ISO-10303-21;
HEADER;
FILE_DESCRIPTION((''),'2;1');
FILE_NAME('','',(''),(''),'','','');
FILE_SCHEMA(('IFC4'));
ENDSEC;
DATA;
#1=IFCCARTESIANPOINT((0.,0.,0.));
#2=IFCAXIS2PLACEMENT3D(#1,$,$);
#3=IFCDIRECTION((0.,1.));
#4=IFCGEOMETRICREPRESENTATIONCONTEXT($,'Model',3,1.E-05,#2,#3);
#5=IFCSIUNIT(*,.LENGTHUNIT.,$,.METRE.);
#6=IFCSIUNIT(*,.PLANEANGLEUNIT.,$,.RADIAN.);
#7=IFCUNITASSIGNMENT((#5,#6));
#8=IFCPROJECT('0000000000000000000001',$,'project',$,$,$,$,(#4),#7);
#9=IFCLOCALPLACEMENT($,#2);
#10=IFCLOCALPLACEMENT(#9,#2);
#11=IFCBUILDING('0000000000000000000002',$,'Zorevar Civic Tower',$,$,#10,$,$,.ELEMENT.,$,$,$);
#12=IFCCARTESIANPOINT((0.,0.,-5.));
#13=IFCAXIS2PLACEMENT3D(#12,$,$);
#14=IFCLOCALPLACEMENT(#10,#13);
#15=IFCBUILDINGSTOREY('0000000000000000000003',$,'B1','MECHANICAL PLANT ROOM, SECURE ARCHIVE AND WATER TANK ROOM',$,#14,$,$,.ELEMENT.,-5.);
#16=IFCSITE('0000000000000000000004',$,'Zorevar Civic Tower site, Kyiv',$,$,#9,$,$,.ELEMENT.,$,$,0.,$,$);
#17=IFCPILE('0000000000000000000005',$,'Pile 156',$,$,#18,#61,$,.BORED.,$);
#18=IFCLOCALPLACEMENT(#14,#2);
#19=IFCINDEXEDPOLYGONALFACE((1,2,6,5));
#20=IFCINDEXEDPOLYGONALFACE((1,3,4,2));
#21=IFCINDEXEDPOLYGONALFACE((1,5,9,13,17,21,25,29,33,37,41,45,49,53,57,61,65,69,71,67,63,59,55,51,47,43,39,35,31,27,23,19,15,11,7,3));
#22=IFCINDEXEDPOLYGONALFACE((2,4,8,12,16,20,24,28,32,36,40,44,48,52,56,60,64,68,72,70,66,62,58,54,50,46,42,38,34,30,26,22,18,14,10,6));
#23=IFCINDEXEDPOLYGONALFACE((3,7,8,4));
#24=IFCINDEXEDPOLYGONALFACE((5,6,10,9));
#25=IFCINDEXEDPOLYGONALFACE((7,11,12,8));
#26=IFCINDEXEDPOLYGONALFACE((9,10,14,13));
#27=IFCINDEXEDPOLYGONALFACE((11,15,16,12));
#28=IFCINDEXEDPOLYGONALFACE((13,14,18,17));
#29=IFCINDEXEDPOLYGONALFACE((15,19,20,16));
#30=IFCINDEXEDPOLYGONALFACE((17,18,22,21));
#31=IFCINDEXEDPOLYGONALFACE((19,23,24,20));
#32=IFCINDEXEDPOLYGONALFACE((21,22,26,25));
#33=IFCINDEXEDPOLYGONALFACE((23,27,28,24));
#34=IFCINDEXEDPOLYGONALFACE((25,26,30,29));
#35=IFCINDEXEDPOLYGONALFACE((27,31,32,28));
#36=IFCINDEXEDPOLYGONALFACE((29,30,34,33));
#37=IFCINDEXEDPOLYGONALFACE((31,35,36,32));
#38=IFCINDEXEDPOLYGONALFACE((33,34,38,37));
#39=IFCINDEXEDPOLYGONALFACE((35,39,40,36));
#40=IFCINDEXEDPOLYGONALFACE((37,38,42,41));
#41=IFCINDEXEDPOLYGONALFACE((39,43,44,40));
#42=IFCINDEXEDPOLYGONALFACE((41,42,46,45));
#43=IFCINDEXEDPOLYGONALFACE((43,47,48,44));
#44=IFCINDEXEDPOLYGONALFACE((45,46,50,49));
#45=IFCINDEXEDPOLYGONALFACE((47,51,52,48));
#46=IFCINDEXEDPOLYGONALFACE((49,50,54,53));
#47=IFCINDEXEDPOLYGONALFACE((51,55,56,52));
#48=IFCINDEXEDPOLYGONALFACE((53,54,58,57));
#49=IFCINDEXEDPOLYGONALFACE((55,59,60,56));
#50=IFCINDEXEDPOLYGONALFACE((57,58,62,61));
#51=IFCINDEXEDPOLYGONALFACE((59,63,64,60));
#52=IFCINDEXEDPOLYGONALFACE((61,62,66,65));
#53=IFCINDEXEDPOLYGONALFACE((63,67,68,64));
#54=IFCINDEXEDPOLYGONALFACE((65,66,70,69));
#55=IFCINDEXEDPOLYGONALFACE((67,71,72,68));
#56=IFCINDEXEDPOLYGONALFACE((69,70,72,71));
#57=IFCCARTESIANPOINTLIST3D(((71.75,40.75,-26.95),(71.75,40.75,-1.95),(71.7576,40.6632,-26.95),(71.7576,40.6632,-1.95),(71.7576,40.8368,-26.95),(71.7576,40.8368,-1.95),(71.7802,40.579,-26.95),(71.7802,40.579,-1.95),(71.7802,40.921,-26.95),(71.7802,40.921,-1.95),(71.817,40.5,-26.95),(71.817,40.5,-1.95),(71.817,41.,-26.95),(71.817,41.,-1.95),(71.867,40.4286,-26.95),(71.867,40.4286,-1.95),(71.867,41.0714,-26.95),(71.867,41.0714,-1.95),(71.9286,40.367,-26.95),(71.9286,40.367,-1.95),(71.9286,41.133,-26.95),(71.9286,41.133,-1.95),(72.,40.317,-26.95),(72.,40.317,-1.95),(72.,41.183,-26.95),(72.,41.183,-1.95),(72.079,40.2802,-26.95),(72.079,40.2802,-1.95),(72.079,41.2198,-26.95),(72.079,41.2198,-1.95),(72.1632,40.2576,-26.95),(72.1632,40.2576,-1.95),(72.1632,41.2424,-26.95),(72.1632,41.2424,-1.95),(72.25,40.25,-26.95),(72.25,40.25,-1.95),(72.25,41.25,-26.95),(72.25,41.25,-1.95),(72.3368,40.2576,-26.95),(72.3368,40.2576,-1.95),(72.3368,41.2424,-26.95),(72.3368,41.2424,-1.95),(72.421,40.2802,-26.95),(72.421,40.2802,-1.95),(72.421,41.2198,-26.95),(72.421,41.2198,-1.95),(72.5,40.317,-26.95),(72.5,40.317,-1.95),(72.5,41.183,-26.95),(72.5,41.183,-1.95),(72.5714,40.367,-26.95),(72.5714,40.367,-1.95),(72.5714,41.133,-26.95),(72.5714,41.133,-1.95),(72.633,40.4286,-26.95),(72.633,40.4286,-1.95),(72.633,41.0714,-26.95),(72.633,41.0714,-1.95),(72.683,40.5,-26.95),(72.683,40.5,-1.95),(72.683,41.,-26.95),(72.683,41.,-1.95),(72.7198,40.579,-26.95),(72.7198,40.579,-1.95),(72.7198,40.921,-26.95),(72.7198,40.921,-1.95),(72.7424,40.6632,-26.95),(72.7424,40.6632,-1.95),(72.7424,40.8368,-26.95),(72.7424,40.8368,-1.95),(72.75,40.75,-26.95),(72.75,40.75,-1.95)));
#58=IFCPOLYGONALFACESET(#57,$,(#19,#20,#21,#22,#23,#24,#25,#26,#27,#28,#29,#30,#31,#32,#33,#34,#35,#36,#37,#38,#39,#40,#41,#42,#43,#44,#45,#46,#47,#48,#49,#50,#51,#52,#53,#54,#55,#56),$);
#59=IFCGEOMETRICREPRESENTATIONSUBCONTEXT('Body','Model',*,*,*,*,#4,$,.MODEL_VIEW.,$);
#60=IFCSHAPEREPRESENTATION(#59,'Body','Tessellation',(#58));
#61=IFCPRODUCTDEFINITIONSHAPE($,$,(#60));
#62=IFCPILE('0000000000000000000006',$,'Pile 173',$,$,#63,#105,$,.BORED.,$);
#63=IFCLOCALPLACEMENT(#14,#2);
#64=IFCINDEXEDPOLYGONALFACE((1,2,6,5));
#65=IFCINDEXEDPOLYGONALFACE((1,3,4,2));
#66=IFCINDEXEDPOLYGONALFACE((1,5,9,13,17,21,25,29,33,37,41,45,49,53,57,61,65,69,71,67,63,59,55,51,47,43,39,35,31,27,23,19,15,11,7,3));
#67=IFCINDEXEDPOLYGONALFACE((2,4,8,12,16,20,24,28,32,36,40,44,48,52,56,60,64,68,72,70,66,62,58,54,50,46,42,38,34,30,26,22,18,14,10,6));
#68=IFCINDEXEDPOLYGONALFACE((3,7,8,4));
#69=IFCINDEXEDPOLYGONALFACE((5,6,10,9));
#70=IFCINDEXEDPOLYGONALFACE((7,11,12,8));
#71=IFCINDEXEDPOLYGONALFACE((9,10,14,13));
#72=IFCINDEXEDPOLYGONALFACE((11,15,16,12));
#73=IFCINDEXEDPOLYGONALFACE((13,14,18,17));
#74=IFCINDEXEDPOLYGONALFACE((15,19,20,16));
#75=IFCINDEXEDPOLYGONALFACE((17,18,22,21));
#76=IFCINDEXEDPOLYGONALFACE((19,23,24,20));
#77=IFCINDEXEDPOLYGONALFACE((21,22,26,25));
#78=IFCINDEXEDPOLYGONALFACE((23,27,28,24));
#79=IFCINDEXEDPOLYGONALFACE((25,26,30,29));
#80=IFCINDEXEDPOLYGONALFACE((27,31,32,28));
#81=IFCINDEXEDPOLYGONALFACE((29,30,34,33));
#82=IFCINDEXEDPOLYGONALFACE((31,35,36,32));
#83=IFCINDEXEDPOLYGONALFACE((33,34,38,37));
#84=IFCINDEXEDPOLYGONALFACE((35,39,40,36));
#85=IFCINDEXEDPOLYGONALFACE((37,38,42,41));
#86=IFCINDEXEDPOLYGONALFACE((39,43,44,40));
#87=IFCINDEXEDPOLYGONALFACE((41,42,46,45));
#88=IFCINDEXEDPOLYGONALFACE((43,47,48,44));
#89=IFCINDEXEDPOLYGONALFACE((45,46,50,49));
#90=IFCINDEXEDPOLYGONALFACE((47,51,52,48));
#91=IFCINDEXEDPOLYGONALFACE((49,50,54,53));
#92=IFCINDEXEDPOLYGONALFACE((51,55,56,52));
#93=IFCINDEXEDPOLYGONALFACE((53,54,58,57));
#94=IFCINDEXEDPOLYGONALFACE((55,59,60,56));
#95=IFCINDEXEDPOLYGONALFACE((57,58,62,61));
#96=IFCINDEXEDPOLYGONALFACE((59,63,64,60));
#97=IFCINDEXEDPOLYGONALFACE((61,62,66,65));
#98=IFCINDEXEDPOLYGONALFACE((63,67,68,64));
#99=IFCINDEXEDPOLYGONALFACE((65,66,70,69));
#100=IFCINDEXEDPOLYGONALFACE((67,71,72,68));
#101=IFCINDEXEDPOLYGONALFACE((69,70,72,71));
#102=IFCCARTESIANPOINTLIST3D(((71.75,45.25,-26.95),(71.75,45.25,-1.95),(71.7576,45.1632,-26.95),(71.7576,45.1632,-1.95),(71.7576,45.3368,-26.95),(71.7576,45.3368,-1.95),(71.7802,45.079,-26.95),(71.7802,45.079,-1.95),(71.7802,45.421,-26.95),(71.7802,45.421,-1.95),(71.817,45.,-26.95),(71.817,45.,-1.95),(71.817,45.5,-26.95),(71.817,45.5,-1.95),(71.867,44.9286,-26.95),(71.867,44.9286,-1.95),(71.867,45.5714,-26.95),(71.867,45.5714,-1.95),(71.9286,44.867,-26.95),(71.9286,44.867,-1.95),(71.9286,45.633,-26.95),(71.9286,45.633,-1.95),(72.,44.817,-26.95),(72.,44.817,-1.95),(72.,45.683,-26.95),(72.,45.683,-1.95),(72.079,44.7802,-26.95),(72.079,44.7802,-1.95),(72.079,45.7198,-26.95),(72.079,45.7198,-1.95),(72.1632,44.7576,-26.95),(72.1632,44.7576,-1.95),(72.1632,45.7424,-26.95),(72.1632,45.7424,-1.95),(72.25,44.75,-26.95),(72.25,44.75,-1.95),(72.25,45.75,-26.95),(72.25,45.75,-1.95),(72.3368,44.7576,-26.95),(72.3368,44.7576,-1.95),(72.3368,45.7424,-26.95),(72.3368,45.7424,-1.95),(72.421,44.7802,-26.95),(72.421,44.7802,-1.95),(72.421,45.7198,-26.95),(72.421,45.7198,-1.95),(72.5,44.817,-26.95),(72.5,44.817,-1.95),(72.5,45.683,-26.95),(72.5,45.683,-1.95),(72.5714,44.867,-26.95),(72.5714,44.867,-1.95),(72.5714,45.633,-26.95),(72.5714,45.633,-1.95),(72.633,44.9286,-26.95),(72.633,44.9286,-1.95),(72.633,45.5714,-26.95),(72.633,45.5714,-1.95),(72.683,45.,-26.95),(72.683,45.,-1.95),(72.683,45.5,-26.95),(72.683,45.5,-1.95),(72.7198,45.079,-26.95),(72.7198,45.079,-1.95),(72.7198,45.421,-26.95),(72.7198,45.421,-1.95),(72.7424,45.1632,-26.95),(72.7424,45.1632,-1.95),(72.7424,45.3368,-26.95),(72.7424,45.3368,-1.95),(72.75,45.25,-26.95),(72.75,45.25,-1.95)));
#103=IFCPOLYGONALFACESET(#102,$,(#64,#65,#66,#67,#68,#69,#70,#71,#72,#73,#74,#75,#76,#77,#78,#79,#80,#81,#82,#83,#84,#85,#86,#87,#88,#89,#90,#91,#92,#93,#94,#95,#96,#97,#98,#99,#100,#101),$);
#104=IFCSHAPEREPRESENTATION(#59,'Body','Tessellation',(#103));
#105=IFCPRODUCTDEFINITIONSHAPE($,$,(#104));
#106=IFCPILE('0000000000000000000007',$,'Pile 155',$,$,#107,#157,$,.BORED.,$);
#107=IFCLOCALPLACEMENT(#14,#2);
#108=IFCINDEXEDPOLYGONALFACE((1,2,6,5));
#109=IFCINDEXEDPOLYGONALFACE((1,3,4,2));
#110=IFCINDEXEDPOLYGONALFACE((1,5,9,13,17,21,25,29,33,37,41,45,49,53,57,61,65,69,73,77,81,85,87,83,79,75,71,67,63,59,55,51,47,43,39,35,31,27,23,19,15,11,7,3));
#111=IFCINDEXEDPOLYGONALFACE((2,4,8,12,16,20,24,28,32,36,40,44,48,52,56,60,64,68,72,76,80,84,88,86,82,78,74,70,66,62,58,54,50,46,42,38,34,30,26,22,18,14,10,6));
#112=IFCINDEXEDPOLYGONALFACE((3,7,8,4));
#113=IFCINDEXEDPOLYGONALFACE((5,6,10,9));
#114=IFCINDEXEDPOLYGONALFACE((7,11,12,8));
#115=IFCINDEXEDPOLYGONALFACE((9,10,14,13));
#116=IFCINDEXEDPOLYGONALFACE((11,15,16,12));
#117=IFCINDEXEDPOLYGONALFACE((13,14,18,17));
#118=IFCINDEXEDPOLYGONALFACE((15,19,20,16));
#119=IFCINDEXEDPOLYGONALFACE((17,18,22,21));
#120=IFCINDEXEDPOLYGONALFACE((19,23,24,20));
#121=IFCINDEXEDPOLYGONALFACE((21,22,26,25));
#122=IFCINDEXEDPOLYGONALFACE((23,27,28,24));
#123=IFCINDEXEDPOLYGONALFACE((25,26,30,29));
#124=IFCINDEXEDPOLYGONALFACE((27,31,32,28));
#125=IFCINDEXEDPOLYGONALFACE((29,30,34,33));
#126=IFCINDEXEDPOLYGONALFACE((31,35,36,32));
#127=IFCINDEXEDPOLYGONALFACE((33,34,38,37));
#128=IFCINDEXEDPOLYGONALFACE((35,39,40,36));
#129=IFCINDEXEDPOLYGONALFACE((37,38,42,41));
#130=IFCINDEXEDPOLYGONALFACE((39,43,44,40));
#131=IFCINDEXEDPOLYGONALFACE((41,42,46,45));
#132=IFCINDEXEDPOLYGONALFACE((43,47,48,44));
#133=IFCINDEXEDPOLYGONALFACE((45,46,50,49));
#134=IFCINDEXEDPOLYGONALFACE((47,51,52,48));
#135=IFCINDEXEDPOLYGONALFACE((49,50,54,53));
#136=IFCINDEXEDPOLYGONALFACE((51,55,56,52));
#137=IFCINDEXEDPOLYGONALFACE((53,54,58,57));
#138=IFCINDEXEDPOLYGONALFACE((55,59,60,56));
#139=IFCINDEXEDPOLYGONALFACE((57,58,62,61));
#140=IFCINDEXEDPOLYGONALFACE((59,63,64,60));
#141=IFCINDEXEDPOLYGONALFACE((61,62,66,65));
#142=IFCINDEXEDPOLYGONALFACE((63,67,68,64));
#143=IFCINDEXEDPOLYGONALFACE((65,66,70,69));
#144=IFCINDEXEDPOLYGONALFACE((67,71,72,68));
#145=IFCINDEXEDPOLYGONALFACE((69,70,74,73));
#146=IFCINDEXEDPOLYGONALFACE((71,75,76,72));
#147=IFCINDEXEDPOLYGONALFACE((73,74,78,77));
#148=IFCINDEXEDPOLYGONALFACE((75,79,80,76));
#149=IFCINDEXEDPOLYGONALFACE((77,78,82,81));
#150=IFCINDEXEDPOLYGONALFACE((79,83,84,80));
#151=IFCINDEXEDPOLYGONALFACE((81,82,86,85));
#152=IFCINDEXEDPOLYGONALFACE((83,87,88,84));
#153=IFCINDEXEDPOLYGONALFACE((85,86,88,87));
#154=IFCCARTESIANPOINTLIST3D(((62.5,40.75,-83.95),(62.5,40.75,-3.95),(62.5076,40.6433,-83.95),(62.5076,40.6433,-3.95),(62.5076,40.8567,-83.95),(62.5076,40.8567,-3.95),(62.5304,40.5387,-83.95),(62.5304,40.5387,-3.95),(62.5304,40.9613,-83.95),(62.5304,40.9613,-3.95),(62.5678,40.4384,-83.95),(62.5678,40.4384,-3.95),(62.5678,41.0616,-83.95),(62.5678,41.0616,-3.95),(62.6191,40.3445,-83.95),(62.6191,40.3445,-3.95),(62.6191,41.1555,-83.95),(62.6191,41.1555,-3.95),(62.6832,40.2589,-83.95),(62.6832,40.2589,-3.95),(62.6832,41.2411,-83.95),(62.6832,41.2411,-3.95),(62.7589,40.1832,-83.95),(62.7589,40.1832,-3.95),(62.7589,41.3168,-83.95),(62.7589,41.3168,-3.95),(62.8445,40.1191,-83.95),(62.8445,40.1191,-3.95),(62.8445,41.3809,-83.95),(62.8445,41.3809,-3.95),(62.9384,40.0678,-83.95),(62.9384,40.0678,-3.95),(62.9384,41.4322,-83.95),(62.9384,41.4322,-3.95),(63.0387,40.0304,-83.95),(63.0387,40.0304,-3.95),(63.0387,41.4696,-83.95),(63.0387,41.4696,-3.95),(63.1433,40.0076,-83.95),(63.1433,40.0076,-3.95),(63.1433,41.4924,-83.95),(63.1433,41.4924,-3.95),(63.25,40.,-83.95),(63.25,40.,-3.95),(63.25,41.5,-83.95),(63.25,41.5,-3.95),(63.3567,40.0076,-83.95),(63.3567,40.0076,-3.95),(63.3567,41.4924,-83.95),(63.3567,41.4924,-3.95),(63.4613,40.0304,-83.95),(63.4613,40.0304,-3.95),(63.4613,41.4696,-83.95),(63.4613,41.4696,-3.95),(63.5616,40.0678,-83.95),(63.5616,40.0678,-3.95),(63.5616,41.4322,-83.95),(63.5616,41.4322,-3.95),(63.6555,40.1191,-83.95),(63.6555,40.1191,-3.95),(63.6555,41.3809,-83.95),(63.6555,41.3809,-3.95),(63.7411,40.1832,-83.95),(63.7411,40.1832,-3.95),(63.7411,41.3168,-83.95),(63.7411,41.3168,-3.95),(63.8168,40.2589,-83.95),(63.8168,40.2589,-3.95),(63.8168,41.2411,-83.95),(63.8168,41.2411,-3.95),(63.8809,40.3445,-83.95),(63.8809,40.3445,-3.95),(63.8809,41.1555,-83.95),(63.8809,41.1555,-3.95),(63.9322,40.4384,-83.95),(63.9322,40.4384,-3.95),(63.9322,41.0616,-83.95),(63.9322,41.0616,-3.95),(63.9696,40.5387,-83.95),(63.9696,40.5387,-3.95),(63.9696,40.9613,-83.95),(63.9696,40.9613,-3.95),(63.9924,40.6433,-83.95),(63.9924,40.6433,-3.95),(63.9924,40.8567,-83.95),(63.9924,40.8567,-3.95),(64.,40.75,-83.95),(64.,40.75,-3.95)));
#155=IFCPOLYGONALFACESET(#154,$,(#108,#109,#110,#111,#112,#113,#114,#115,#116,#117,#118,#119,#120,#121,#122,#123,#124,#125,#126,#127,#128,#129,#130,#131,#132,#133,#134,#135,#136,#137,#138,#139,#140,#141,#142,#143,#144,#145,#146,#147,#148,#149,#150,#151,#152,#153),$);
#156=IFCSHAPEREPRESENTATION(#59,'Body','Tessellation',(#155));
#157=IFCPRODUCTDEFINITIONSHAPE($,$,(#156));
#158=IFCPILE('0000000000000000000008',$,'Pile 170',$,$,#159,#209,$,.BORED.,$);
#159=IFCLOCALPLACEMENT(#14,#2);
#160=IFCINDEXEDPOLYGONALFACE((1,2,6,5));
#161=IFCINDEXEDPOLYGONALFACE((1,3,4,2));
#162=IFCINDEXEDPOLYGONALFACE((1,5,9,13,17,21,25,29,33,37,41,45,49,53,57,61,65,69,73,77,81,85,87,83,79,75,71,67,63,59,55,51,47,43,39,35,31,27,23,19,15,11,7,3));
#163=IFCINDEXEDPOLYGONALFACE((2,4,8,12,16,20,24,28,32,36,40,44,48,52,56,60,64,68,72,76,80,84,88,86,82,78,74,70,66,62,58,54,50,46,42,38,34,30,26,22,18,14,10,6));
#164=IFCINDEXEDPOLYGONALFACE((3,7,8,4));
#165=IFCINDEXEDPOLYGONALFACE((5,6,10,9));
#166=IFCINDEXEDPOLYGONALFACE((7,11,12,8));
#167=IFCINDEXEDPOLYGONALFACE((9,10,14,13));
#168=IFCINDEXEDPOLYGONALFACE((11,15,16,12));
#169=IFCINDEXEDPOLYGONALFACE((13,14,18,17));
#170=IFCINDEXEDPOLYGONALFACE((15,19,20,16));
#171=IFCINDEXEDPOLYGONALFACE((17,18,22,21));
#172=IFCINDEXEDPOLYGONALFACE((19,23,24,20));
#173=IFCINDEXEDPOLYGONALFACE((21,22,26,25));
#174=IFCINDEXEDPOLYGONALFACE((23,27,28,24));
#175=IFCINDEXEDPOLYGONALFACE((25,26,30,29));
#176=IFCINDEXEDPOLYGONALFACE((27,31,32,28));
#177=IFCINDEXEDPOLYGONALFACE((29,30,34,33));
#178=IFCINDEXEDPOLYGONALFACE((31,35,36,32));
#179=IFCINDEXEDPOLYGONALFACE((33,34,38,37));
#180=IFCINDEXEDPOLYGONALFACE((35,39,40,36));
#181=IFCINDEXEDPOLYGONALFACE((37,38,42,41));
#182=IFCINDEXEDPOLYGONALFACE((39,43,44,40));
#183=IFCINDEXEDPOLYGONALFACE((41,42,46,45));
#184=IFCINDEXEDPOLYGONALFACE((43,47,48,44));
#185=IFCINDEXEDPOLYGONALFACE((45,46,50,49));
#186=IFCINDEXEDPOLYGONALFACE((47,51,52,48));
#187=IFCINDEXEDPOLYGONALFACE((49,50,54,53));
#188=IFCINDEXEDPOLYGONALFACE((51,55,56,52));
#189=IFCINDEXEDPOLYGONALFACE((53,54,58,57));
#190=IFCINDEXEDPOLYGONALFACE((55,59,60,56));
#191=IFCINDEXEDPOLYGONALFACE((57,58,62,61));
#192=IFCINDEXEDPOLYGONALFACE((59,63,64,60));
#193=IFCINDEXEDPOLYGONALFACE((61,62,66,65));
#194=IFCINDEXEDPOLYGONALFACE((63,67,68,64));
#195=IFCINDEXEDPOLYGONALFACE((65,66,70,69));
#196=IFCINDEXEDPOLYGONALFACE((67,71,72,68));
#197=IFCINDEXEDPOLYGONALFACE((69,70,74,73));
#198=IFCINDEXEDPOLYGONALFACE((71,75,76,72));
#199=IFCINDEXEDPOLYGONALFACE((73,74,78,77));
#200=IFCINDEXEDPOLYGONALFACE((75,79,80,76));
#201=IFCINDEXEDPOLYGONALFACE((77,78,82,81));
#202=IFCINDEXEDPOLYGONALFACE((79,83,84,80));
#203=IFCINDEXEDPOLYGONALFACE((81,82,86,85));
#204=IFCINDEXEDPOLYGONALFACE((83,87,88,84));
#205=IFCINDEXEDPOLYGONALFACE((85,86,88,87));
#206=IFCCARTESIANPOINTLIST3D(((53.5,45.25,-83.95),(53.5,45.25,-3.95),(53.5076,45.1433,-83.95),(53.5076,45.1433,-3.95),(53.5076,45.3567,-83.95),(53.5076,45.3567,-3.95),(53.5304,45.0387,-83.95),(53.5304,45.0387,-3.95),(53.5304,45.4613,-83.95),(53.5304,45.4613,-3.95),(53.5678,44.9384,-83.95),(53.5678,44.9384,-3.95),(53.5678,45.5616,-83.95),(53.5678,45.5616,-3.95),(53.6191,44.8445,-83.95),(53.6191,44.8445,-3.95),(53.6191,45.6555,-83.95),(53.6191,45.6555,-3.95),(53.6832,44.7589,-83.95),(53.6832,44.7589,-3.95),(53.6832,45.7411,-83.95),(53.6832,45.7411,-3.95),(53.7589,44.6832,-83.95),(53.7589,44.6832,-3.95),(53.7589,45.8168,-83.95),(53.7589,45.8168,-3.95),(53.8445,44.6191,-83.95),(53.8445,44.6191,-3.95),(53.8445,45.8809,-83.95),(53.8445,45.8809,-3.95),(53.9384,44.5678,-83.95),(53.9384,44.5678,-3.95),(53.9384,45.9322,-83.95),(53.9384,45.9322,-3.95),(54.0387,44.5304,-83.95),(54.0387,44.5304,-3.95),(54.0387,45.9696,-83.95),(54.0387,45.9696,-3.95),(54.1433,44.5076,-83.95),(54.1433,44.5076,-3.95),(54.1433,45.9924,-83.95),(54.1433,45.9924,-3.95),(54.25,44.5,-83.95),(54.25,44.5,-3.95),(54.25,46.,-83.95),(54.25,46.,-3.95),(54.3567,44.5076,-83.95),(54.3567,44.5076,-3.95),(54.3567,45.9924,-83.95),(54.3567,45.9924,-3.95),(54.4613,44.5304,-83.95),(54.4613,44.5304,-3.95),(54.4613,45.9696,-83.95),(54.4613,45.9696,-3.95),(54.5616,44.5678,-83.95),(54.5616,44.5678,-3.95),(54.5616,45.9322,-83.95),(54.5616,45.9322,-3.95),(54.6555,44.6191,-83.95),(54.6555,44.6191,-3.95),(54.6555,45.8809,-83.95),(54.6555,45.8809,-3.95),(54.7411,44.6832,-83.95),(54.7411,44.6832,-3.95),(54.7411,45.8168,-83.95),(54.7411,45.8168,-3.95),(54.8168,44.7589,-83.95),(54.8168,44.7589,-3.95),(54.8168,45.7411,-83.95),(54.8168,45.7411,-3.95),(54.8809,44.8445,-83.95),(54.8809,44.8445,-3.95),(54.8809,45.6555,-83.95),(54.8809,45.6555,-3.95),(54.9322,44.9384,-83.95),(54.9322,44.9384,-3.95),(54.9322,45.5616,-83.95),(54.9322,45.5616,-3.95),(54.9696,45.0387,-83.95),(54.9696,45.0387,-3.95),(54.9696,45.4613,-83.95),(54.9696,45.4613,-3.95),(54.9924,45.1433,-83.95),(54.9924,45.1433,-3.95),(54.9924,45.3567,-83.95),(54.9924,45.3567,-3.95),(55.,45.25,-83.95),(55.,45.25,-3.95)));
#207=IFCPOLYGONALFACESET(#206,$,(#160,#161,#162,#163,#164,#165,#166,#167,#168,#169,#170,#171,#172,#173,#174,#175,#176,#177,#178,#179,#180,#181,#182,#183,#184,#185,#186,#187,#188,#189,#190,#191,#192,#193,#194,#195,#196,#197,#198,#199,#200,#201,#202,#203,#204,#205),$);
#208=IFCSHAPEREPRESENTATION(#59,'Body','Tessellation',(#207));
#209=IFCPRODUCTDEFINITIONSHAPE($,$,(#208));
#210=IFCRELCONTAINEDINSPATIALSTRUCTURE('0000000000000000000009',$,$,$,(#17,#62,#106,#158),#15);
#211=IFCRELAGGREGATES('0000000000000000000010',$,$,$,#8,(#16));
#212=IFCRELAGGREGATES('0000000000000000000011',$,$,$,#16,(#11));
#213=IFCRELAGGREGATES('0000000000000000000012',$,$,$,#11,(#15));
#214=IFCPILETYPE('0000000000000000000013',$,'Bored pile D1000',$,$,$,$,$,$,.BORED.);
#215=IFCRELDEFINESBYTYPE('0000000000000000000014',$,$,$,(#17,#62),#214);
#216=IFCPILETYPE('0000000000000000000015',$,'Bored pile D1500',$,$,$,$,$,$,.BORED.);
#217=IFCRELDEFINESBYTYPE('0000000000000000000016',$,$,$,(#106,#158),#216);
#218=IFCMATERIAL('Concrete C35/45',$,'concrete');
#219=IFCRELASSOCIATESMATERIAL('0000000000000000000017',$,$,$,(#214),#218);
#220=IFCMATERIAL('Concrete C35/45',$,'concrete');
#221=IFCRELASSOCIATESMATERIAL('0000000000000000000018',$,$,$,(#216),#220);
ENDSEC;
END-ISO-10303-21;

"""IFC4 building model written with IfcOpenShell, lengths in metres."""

from ifc_helpers import new_model, si_unit, direction, frame, origin, origin_2d, place, context, subcontext, project, spatial, circle, extrude, material, type_object, element, save


model = new_model("IFC4")

# Units and contexts
model_context = context("Model", 3, precision=1e-05, world=origin(), true_north=direction((0.0, 1.0)))
body_context = subcontext(model_context, "Body", "Model", "MODEL_VIEW")
ifc_project = project(units=[si_unit("LENGTHUNIT", "METRE"), si_unit("PLANEANGLEUNIT", "RADIAN")], contexts=[model_context])

# Site, building, storey
site_placement = place(None, origin())
site = spatial("IfcSite", under=ifc_project, at=site_placement, Name="Zorevar Civic Tower site, Kyiv", CompositionType="ELEMENT", RefElevation=0.0)
building_placement = place(site_placement, origin())
building = spatial("IfcBuilding", under=site, at=building_placement, Name="Zorevar Civic Tower", CompositionType="ELEMENT")
storey_placement = place(building_placement, frame((0.0, 0.0, -5.0)))
storey = spatial("IfcBuildingStorey", under=building, at=storey_placement, Name="B1", Description="MECHANICAL PLANT ROOM, SECURE ARCHIVE AND WATER TANK ROOM", CompositionType="ELEMENT", Elevation=-5.0)

# Piles
ifc_material_1 = material(Name="Concrete C35/45", Category="concrete")
pile_type_1 = type_object("IfcPileType", Name="Bored pile D1000", PredefinedType="BORED", material=ifc_material_1)
for number, where, z_axis, x_axis, name in (
    (1, (72.25, 40.75, -1.95), (0.0, 0.0, -1.0), (1.0, 0.0, 0.0), "Pile 156"),
    (2, (72.25, 45.25, -1.95), (0.0, 0.0, -1.0), (1.0, 0.0, 0.0), "Pile 173"),
):
    element("IfcPile", number, at=place(storey_placement, frame(where, z_axis=z_axis, x_axis=x_axis)), inside=storey, type_object=pile_type_1, Name=name, PredefinedType="BORED", context=body_context, shape_type="SweptSolid", body=[
        extrude(circle(Radius=0.5, at=origin_2d()), origin(), (0.0, 0.0, 1.0), 25.0),
    ])
ifc_material_2 = material(Name="Concrete C35/45", Category="concrete")
pile_type_2 = type_object("IfcPileType", Name="Bored pile D1500", PredefinedType="BORED", material=ifc_material_2)
for number, where, z_axis, x_axis, name in (
    (3, (63.25, 40.75, -3.95), (0.0, 0.0, -1.0), (1.0, 0.0, 0.0), "Pile 155"),
    (4, (54.25, 45.25, -3.95), (0.0, 0.0, -1.0), (1.0, 0.0, 0.0), "Pile 170"),
):
    element("IfcPile", number, at=place(storey_placement, frame(where, z_axis=z_axis, x_axis=x_axis)), inside=storey, type_object=pile_type_2, Name=name, PredefinedType="BORED", context=body_context, shape_type="SweptSolid", body=[
        extrude(circle(Radius=0.75, at=origin_2d()), origin(), (0.0, 0.0, 1.0), 80.0),
    ])

save(model, "model.ifc")
